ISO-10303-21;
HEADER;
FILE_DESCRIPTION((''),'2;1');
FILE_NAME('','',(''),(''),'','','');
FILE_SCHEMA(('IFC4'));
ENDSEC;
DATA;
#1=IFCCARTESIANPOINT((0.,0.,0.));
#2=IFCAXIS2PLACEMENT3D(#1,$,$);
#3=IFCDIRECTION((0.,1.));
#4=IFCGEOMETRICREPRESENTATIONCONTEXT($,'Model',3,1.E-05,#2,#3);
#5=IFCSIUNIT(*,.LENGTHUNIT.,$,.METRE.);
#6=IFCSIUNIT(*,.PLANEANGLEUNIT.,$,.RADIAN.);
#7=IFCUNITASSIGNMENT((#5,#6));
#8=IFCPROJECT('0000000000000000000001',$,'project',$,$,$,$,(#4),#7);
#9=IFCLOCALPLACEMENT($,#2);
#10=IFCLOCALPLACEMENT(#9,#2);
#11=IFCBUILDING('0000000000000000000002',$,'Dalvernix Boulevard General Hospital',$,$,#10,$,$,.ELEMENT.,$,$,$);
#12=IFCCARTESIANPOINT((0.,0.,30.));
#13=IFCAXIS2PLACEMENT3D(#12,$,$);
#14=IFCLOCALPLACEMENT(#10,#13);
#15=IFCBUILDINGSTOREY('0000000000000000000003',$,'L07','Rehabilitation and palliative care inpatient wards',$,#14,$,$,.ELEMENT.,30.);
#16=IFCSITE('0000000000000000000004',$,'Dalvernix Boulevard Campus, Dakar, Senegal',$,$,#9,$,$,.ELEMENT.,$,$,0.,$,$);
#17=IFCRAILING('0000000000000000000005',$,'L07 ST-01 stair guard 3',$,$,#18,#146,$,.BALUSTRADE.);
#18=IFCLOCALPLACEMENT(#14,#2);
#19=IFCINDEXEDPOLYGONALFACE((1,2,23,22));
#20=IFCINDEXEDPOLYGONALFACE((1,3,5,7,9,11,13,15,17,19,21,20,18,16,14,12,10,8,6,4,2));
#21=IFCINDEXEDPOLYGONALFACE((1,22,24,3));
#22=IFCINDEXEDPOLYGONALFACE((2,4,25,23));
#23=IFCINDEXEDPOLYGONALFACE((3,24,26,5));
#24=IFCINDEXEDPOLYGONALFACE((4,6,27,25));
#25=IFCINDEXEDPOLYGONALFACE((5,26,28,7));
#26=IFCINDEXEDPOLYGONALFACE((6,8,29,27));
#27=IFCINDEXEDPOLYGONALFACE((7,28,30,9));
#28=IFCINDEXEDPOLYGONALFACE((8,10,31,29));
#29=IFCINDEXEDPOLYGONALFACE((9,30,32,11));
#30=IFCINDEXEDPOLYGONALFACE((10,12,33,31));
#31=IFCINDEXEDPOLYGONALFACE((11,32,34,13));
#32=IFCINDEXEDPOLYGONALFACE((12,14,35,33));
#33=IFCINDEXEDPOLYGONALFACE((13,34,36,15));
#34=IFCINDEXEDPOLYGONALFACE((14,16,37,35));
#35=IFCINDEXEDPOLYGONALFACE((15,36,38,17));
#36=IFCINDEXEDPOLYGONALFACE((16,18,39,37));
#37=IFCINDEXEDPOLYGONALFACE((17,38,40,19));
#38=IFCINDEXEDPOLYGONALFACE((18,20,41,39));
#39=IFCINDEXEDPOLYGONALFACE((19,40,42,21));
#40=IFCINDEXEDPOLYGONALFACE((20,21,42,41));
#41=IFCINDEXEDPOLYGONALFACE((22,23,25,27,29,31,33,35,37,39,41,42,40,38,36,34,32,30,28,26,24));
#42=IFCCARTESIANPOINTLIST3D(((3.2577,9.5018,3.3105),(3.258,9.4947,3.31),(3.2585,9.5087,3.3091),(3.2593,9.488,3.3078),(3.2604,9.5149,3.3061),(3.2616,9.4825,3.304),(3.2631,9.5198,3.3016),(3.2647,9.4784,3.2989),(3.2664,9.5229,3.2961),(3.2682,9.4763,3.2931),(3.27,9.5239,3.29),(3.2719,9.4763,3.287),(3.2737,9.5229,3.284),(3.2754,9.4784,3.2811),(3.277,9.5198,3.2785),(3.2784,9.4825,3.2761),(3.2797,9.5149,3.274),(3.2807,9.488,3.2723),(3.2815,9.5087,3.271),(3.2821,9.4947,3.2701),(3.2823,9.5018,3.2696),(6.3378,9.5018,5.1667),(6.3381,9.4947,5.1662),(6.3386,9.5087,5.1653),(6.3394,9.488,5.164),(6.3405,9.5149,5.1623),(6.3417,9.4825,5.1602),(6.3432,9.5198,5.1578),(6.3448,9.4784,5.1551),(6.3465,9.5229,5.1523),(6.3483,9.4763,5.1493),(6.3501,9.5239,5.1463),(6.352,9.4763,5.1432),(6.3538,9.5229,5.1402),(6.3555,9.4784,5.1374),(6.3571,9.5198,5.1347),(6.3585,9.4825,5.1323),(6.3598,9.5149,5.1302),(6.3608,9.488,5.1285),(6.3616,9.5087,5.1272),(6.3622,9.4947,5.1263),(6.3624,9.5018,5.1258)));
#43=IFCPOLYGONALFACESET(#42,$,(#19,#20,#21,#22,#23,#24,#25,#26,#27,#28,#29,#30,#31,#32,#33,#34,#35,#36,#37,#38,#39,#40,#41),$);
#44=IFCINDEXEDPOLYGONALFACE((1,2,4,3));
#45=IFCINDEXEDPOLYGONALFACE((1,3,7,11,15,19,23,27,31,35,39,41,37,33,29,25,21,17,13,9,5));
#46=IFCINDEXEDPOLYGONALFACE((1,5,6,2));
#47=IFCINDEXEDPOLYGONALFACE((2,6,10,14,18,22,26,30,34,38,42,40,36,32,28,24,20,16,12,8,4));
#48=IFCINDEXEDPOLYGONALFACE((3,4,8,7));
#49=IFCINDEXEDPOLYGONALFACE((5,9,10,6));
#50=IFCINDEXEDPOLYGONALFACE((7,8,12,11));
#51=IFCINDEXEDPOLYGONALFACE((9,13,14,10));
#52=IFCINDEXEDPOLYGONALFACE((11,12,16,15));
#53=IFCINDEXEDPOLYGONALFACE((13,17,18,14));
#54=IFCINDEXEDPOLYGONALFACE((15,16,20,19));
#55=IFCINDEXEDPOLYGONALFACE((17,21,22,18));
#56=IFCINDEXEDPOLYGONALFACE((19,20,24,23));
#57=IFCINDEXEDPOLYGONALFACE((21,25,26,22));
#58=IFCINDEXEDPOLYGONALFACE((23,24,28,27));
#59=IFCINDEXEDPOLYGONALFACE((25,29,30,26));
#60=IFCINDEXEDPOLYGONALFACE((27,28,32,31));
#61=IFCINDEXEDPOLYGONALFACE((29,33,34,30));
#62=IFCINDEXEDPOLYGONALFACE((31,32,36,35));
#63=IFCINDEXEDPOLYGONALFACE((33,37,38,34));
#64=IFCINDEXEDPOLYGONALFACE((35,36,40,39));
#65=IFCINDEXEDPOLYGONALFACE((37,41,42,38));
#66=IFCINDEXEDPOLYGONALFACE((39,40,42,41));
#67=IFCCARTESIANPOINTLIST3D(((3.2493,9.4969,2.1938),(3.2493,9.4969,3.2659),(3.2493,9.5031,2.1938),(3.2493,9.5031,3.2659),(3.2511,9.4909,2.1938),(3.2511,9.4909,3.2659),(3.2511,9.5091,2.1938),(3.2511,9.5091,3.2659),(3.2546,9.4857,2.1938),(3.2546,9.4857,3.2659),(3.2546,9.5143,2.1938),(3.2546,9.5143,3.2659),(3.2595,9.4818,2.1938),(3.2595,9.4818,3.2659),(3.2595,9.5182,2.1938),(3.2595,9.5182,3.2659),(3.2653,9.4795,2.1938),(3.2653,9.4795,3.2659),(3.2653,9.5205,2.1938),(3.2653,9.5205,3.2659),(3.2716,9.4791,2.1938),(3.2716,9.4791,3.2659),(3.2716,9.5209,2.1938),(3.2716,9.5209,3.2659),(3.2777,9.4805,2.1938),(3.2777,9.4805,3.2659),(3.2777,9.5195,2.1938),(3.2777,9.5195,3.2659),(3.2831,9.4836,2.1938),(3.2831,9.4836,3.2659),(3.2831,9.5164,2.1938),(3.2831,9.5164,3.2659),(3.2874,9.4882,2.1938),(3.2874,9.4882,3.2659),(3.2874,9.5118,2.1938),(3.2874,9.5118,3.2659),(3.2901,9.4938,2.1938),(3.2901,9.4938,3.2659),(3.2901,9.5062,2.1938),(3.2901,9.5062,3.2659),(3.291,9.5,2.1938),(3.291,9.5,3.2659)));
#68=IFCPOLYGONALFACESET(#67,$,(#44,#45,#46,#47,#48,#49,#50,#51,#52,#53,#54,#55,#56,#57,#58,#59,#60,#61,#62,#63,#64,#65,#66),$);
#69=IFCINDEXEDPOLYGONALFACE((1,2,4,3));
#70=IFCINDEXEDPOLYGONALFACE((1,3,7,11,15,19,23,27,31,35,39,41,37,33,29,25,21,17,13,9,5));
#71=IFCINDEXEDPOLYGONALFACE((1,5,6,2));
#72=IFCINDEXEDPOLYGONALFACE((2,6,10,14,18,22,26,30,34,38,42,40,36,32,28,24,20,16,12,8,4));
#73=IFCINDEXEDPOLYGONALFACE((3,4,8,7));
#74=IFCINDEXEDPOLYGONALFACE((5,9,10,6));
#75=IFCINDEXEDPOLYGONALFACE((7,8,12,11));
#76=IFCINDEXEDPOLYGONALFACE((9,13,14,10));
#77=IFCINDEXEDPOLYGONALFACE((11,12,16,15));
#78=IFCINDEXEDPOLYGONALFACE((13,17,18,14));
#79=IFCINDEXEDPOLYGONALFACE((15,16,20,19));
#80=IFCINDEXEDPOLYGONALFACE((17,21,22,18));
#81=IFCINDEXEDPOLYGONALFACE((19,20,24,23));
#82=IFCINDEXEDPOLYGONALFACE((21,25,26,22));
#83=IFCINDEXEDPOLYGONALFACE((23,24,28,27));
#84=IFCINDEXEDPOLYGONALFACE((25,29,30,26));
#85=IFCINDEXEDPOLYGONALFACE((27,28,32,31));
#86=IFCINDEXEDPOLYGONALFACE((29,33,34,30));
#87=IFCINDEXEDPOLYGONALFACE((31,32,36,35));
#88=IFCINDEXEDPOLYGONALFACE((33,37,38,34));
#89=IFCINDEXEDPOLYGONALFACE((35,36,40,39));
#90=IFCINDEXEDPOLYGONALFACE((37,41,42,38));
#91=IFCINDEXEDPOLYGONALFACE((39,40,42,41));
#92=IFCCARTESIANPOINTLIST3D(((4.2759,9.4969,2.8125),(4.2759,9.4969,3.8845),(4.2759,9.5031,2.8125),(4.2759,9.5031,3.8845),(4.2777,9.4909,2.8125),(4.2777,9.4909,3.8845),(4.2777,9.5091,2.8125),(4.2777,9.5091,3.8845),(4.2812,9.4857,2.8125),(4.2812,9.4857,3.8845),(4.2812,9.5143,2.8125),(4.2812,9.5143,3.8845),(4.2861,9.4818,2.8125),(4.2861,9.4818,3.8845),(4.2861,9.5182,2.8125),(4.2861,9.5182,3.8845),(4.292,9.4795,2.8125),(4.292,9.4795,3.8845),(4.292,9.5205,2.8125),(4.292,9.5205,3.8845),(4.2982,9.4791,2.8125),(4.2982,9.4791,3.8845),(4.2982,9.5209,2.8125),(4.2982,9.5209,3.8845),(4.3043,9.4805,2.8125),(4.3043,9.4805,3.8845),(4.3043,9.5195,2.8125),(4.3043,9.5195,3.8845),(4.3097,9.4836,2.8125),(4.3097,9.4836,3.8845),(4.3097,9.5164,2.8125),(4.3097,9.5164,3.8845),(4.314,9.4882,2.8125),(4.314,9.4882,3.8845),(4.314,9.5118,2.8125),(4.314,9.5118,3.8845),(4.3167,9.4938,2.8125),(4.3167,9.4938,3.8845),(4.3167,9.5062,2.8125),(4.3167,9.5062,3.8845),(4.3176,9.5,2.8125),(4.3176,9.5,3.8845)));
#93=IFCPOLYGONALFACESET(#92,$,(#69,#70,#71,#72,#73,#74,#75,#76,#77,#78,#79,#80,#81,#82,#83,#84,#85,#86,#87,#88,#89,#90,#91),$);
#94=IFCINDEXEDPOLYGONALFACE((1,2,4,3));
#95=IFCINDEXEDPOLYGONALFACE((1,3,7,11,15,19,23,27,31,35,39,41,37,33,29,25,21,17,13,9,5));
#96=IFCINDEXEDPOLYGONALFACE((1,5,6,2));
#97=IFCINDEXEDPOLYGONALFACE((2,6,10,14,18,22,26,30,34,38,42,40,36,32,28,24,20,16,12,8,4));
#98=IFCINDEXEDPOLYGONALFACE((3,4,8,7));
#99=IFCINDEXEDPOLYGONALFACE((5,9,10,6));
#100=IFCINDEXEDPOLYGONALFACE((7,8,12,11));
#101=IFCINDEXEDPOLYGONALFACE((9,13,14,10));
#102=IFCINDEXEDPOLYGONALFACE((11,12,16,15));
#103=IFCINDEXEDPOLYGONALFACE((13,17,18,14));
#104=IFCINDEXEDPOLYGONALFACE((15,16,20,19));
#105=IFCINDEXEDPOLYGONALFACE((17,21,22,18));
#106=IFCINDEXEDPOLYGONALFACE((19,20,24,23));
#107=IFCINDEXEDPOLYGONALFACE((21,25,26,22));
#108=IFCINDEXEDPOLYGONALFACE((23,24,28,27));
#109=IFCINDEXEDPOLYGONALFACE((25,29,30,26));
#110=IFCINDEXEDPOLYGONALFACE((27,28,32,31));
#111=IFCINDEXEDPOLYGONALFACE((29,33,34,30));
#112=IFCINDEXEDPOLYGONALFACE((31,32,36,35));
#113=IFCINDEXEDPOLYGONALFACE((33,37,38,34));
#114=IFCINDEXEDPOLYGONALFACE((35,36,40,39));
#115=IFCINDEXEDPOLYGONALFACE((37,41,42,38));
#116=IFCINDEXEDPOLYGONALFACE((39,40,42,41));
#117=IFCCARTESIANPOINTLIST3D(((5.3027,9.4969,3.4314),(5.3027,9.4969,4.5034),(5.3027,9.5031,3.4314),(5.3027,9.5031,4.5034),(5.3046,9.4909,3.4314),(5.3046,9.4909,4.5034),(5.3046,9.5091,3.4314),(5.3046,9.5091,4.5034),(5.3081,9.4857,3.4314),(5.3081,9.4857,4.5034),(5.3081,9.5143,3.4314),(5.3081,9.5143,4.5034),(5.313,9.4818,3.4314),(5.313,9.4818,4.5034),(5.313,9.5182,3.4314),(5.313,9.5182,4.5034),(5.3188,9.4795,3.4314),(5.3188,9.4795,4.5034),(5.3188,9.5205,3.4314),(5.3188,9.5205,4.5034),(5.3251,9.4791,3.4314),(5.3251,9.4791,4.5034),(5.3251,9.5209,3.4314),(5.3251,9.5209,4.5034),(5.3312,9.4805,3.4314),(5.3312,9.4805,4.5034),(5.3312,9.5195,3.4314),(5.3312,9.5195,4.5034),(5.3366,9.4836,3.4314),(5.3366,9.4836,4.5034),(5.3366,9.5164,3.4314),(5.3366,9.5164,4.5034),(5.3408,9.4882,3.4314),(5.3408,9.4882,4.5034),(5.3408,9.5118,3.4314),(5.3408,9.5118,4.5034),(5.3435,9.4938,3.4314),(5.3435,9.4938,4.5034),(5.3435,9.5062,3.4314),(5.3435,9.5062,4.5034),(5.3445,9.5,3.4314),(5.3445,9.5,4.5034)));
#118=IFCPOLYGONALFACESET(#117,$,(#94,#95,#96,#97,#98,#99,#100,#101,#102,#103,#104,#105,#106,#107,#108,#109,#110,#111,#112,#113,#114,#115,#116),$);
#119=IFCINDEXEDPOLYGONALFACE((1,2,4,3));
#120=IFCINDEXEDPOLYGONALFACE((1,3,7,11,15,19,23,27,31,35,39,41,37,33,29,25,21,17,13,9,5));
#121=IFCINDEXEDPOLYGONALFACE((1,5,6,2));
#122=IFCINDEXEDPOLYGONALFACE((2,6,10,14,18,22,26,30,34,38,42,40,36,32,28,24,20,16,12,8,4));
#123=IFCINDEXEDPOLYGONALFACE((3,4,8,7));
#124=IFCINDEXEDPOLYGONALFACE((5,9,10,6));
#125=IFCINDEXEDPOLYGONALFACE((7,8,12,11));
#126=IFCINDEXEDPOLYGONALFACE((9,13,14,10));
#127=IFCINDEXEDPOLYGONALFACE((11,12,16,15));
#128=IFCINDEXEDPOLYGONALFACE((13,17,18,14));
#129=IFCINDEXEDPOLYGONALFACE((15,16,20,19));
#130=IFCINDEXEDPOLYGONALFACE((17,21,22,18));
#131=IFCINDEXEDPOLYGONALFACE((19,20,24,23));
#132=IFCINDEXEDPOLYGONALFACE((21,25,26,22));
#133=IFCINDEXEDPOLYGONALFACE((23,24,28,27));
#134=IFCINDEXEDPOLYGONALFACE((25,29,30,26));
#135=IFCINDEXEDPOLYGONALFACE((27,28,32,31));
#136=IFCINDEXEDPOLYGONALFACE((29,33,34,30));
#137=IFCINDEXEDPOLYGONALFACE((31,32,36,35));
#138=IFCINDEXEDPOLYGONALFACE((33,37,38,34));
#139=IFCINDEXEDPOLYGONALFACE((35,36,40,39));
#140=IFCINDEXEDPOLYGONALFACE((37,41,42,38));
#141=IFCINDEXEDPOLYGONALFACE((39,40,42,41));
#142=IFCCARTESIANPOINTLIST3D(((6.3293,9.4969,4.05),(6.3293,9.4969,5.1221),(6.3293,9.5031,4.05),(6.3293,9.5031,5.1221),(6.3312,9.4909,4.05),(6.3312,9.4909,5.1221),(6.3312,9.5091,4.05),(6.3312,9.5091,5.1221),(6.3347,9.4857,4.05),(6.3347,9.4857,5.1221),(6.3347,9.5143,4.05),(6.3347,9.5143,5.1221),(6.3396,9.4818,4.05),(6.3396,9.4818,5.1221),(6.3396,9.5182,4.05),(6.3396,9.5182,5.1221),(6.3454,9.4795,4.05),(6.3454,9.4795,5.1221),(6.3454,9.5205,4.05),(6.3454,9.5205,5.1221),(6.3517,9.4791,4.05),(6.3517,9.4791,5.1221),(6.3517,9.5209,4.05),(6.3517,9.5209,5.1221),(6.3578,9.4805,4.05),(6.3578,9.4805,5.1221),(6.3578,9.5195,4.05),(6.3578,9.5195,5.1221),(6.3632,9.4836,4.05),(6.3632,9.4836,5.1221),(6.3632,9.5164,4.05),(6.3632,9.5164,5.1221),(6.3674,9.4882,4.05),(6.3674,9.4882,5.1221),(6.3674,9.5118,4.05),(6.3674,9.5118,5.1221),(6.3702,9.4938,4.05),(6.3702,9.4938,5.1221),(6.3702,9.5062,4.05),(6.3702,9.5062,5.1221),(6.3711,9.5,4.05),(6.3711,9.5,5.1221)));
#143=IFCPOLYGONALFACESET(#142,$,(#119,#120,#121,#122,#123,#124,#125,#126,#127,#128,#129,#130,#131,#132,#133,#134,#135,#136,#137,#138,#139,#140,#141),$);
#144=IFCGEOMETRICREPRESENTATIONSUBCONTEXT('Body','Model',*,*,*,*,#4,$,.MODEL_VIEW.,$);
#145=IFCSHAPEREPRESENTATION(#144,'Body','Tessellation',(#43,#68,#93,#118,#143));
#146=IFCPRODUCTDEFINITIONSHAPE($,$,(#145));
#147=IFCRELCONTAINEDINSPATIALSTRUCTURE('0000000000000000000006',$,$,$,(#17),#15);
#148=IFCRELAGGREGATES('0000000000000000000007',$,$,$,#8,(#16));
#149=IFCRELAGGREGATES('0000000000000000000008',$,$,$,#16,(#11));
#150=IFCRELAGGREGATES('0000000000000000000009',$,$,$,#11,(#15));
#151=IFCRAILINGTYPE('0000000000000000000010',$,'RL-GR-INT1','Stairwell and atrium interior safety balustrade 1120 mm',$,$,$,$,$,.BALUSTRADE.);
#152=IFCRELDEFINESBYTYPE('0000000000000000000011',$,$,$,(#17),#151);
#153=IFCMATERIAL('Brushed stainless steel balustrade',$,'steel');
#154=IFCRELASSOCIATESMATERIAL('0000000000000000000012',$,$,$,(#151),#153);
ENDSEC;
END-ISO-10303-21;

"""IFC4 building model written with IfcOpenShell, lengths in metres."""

from ifc_helpers import new_model, si_unit, direction, frame, origin, origin_2d, place, context, subcontext, project, spatial, circle, extrude, material, type_object, element, save


model = new_model("IFC4")

# Units and contexts
model_context = context("Model", 3, precision=1e-05, world=origin(), true_north=direction((0.0, 1.0)))
body_context = subcontext(model_context, "Body", "Model", "MODEL_VIEW")
ifc_project = project(units=[si_unit("LENGTHUNIT", "METRE"), si_unit("PLANEANGLEUNIT", "RADIAN")], contexts=[model_context])

# Site, building, storey
site_placement = place(None, origin())
site = spatial("IfcSite", under=ifc_project, at=site_placement, Name="Dalvernix Boulevard Campus, Dakar, Senegal", CompositionType="ELEMENT", RefElevation=0.0)
building_placement = place(site_placement, origin())
building = spatial("IfcBuilding", under=site, at=building_placement, Name="Dalvernix Boulevard General Hospital", CompositionType="ELEMENT")
storey_placement = place(building_placement, frame((0.0, 0.0, 30.0)))
storey = spatial("IfcBuildingStorey", under=building, at=storey_placement, Name="L07", Description="Rehabilitation and palliative care inpatient wards", CompositionType="ELEMENT", Elevation=30.0)

# Railing
ifc_material_1 = material(Name="Brushed stainless steel balustrade", Category="steel")
railing_type_1 = type_object("IfcRailingType", Name="RL-GR-INT1", Description="Stairwell and atrium interior safety balustrade 1120 mm", PredefinedType="BALUSTRADE", material=ifc_material_1)
railing_1_placement = place(storey_placement, frame((3.27, 9.5, 2.1938)))
element("IfcRailing", 1, at=railing_1_placement, inside=storey, type_object=railing_type_1, Name="L07 ST-01 stair guard 3", PredefinedType="BALUSTRADE", context=body_context, shape_type="SweptSolid", body=[
    extrude(circle(Radius=0.0239, at=origin_2d()), frame((0.0, 0.0, 1.0962), z_axis=(0.856491, 0.0, 0.516162), x_axis=(0.0, 1.0, 0.0)), (0.0, 0.0, 1.0), 3.5962),
    extrude(circle(Radius=0.021, at=origin_2d()), origin(), (0.0, 0.0, 1.0), 1.072),
    extrude(circle(Radius=0.021, at=origin_2d()), frame((1.0266, 0.0, 0.6187)), (0.0, 0.0, 1.0), 1.072),
    extrude(circle(Radius=0.021, at=origin_2d()), frame((2.0535, 0.0, 1.2375)), (0.0, 0.0, 1.0), 1.072),
    extrude(circle(Radius=0.021, at=origin_2d()), frame((3.0801, 0.0, 1.8562)), (0.0, 0.0, 1.0), 1.072),
])

save(model, "model.ifc")
